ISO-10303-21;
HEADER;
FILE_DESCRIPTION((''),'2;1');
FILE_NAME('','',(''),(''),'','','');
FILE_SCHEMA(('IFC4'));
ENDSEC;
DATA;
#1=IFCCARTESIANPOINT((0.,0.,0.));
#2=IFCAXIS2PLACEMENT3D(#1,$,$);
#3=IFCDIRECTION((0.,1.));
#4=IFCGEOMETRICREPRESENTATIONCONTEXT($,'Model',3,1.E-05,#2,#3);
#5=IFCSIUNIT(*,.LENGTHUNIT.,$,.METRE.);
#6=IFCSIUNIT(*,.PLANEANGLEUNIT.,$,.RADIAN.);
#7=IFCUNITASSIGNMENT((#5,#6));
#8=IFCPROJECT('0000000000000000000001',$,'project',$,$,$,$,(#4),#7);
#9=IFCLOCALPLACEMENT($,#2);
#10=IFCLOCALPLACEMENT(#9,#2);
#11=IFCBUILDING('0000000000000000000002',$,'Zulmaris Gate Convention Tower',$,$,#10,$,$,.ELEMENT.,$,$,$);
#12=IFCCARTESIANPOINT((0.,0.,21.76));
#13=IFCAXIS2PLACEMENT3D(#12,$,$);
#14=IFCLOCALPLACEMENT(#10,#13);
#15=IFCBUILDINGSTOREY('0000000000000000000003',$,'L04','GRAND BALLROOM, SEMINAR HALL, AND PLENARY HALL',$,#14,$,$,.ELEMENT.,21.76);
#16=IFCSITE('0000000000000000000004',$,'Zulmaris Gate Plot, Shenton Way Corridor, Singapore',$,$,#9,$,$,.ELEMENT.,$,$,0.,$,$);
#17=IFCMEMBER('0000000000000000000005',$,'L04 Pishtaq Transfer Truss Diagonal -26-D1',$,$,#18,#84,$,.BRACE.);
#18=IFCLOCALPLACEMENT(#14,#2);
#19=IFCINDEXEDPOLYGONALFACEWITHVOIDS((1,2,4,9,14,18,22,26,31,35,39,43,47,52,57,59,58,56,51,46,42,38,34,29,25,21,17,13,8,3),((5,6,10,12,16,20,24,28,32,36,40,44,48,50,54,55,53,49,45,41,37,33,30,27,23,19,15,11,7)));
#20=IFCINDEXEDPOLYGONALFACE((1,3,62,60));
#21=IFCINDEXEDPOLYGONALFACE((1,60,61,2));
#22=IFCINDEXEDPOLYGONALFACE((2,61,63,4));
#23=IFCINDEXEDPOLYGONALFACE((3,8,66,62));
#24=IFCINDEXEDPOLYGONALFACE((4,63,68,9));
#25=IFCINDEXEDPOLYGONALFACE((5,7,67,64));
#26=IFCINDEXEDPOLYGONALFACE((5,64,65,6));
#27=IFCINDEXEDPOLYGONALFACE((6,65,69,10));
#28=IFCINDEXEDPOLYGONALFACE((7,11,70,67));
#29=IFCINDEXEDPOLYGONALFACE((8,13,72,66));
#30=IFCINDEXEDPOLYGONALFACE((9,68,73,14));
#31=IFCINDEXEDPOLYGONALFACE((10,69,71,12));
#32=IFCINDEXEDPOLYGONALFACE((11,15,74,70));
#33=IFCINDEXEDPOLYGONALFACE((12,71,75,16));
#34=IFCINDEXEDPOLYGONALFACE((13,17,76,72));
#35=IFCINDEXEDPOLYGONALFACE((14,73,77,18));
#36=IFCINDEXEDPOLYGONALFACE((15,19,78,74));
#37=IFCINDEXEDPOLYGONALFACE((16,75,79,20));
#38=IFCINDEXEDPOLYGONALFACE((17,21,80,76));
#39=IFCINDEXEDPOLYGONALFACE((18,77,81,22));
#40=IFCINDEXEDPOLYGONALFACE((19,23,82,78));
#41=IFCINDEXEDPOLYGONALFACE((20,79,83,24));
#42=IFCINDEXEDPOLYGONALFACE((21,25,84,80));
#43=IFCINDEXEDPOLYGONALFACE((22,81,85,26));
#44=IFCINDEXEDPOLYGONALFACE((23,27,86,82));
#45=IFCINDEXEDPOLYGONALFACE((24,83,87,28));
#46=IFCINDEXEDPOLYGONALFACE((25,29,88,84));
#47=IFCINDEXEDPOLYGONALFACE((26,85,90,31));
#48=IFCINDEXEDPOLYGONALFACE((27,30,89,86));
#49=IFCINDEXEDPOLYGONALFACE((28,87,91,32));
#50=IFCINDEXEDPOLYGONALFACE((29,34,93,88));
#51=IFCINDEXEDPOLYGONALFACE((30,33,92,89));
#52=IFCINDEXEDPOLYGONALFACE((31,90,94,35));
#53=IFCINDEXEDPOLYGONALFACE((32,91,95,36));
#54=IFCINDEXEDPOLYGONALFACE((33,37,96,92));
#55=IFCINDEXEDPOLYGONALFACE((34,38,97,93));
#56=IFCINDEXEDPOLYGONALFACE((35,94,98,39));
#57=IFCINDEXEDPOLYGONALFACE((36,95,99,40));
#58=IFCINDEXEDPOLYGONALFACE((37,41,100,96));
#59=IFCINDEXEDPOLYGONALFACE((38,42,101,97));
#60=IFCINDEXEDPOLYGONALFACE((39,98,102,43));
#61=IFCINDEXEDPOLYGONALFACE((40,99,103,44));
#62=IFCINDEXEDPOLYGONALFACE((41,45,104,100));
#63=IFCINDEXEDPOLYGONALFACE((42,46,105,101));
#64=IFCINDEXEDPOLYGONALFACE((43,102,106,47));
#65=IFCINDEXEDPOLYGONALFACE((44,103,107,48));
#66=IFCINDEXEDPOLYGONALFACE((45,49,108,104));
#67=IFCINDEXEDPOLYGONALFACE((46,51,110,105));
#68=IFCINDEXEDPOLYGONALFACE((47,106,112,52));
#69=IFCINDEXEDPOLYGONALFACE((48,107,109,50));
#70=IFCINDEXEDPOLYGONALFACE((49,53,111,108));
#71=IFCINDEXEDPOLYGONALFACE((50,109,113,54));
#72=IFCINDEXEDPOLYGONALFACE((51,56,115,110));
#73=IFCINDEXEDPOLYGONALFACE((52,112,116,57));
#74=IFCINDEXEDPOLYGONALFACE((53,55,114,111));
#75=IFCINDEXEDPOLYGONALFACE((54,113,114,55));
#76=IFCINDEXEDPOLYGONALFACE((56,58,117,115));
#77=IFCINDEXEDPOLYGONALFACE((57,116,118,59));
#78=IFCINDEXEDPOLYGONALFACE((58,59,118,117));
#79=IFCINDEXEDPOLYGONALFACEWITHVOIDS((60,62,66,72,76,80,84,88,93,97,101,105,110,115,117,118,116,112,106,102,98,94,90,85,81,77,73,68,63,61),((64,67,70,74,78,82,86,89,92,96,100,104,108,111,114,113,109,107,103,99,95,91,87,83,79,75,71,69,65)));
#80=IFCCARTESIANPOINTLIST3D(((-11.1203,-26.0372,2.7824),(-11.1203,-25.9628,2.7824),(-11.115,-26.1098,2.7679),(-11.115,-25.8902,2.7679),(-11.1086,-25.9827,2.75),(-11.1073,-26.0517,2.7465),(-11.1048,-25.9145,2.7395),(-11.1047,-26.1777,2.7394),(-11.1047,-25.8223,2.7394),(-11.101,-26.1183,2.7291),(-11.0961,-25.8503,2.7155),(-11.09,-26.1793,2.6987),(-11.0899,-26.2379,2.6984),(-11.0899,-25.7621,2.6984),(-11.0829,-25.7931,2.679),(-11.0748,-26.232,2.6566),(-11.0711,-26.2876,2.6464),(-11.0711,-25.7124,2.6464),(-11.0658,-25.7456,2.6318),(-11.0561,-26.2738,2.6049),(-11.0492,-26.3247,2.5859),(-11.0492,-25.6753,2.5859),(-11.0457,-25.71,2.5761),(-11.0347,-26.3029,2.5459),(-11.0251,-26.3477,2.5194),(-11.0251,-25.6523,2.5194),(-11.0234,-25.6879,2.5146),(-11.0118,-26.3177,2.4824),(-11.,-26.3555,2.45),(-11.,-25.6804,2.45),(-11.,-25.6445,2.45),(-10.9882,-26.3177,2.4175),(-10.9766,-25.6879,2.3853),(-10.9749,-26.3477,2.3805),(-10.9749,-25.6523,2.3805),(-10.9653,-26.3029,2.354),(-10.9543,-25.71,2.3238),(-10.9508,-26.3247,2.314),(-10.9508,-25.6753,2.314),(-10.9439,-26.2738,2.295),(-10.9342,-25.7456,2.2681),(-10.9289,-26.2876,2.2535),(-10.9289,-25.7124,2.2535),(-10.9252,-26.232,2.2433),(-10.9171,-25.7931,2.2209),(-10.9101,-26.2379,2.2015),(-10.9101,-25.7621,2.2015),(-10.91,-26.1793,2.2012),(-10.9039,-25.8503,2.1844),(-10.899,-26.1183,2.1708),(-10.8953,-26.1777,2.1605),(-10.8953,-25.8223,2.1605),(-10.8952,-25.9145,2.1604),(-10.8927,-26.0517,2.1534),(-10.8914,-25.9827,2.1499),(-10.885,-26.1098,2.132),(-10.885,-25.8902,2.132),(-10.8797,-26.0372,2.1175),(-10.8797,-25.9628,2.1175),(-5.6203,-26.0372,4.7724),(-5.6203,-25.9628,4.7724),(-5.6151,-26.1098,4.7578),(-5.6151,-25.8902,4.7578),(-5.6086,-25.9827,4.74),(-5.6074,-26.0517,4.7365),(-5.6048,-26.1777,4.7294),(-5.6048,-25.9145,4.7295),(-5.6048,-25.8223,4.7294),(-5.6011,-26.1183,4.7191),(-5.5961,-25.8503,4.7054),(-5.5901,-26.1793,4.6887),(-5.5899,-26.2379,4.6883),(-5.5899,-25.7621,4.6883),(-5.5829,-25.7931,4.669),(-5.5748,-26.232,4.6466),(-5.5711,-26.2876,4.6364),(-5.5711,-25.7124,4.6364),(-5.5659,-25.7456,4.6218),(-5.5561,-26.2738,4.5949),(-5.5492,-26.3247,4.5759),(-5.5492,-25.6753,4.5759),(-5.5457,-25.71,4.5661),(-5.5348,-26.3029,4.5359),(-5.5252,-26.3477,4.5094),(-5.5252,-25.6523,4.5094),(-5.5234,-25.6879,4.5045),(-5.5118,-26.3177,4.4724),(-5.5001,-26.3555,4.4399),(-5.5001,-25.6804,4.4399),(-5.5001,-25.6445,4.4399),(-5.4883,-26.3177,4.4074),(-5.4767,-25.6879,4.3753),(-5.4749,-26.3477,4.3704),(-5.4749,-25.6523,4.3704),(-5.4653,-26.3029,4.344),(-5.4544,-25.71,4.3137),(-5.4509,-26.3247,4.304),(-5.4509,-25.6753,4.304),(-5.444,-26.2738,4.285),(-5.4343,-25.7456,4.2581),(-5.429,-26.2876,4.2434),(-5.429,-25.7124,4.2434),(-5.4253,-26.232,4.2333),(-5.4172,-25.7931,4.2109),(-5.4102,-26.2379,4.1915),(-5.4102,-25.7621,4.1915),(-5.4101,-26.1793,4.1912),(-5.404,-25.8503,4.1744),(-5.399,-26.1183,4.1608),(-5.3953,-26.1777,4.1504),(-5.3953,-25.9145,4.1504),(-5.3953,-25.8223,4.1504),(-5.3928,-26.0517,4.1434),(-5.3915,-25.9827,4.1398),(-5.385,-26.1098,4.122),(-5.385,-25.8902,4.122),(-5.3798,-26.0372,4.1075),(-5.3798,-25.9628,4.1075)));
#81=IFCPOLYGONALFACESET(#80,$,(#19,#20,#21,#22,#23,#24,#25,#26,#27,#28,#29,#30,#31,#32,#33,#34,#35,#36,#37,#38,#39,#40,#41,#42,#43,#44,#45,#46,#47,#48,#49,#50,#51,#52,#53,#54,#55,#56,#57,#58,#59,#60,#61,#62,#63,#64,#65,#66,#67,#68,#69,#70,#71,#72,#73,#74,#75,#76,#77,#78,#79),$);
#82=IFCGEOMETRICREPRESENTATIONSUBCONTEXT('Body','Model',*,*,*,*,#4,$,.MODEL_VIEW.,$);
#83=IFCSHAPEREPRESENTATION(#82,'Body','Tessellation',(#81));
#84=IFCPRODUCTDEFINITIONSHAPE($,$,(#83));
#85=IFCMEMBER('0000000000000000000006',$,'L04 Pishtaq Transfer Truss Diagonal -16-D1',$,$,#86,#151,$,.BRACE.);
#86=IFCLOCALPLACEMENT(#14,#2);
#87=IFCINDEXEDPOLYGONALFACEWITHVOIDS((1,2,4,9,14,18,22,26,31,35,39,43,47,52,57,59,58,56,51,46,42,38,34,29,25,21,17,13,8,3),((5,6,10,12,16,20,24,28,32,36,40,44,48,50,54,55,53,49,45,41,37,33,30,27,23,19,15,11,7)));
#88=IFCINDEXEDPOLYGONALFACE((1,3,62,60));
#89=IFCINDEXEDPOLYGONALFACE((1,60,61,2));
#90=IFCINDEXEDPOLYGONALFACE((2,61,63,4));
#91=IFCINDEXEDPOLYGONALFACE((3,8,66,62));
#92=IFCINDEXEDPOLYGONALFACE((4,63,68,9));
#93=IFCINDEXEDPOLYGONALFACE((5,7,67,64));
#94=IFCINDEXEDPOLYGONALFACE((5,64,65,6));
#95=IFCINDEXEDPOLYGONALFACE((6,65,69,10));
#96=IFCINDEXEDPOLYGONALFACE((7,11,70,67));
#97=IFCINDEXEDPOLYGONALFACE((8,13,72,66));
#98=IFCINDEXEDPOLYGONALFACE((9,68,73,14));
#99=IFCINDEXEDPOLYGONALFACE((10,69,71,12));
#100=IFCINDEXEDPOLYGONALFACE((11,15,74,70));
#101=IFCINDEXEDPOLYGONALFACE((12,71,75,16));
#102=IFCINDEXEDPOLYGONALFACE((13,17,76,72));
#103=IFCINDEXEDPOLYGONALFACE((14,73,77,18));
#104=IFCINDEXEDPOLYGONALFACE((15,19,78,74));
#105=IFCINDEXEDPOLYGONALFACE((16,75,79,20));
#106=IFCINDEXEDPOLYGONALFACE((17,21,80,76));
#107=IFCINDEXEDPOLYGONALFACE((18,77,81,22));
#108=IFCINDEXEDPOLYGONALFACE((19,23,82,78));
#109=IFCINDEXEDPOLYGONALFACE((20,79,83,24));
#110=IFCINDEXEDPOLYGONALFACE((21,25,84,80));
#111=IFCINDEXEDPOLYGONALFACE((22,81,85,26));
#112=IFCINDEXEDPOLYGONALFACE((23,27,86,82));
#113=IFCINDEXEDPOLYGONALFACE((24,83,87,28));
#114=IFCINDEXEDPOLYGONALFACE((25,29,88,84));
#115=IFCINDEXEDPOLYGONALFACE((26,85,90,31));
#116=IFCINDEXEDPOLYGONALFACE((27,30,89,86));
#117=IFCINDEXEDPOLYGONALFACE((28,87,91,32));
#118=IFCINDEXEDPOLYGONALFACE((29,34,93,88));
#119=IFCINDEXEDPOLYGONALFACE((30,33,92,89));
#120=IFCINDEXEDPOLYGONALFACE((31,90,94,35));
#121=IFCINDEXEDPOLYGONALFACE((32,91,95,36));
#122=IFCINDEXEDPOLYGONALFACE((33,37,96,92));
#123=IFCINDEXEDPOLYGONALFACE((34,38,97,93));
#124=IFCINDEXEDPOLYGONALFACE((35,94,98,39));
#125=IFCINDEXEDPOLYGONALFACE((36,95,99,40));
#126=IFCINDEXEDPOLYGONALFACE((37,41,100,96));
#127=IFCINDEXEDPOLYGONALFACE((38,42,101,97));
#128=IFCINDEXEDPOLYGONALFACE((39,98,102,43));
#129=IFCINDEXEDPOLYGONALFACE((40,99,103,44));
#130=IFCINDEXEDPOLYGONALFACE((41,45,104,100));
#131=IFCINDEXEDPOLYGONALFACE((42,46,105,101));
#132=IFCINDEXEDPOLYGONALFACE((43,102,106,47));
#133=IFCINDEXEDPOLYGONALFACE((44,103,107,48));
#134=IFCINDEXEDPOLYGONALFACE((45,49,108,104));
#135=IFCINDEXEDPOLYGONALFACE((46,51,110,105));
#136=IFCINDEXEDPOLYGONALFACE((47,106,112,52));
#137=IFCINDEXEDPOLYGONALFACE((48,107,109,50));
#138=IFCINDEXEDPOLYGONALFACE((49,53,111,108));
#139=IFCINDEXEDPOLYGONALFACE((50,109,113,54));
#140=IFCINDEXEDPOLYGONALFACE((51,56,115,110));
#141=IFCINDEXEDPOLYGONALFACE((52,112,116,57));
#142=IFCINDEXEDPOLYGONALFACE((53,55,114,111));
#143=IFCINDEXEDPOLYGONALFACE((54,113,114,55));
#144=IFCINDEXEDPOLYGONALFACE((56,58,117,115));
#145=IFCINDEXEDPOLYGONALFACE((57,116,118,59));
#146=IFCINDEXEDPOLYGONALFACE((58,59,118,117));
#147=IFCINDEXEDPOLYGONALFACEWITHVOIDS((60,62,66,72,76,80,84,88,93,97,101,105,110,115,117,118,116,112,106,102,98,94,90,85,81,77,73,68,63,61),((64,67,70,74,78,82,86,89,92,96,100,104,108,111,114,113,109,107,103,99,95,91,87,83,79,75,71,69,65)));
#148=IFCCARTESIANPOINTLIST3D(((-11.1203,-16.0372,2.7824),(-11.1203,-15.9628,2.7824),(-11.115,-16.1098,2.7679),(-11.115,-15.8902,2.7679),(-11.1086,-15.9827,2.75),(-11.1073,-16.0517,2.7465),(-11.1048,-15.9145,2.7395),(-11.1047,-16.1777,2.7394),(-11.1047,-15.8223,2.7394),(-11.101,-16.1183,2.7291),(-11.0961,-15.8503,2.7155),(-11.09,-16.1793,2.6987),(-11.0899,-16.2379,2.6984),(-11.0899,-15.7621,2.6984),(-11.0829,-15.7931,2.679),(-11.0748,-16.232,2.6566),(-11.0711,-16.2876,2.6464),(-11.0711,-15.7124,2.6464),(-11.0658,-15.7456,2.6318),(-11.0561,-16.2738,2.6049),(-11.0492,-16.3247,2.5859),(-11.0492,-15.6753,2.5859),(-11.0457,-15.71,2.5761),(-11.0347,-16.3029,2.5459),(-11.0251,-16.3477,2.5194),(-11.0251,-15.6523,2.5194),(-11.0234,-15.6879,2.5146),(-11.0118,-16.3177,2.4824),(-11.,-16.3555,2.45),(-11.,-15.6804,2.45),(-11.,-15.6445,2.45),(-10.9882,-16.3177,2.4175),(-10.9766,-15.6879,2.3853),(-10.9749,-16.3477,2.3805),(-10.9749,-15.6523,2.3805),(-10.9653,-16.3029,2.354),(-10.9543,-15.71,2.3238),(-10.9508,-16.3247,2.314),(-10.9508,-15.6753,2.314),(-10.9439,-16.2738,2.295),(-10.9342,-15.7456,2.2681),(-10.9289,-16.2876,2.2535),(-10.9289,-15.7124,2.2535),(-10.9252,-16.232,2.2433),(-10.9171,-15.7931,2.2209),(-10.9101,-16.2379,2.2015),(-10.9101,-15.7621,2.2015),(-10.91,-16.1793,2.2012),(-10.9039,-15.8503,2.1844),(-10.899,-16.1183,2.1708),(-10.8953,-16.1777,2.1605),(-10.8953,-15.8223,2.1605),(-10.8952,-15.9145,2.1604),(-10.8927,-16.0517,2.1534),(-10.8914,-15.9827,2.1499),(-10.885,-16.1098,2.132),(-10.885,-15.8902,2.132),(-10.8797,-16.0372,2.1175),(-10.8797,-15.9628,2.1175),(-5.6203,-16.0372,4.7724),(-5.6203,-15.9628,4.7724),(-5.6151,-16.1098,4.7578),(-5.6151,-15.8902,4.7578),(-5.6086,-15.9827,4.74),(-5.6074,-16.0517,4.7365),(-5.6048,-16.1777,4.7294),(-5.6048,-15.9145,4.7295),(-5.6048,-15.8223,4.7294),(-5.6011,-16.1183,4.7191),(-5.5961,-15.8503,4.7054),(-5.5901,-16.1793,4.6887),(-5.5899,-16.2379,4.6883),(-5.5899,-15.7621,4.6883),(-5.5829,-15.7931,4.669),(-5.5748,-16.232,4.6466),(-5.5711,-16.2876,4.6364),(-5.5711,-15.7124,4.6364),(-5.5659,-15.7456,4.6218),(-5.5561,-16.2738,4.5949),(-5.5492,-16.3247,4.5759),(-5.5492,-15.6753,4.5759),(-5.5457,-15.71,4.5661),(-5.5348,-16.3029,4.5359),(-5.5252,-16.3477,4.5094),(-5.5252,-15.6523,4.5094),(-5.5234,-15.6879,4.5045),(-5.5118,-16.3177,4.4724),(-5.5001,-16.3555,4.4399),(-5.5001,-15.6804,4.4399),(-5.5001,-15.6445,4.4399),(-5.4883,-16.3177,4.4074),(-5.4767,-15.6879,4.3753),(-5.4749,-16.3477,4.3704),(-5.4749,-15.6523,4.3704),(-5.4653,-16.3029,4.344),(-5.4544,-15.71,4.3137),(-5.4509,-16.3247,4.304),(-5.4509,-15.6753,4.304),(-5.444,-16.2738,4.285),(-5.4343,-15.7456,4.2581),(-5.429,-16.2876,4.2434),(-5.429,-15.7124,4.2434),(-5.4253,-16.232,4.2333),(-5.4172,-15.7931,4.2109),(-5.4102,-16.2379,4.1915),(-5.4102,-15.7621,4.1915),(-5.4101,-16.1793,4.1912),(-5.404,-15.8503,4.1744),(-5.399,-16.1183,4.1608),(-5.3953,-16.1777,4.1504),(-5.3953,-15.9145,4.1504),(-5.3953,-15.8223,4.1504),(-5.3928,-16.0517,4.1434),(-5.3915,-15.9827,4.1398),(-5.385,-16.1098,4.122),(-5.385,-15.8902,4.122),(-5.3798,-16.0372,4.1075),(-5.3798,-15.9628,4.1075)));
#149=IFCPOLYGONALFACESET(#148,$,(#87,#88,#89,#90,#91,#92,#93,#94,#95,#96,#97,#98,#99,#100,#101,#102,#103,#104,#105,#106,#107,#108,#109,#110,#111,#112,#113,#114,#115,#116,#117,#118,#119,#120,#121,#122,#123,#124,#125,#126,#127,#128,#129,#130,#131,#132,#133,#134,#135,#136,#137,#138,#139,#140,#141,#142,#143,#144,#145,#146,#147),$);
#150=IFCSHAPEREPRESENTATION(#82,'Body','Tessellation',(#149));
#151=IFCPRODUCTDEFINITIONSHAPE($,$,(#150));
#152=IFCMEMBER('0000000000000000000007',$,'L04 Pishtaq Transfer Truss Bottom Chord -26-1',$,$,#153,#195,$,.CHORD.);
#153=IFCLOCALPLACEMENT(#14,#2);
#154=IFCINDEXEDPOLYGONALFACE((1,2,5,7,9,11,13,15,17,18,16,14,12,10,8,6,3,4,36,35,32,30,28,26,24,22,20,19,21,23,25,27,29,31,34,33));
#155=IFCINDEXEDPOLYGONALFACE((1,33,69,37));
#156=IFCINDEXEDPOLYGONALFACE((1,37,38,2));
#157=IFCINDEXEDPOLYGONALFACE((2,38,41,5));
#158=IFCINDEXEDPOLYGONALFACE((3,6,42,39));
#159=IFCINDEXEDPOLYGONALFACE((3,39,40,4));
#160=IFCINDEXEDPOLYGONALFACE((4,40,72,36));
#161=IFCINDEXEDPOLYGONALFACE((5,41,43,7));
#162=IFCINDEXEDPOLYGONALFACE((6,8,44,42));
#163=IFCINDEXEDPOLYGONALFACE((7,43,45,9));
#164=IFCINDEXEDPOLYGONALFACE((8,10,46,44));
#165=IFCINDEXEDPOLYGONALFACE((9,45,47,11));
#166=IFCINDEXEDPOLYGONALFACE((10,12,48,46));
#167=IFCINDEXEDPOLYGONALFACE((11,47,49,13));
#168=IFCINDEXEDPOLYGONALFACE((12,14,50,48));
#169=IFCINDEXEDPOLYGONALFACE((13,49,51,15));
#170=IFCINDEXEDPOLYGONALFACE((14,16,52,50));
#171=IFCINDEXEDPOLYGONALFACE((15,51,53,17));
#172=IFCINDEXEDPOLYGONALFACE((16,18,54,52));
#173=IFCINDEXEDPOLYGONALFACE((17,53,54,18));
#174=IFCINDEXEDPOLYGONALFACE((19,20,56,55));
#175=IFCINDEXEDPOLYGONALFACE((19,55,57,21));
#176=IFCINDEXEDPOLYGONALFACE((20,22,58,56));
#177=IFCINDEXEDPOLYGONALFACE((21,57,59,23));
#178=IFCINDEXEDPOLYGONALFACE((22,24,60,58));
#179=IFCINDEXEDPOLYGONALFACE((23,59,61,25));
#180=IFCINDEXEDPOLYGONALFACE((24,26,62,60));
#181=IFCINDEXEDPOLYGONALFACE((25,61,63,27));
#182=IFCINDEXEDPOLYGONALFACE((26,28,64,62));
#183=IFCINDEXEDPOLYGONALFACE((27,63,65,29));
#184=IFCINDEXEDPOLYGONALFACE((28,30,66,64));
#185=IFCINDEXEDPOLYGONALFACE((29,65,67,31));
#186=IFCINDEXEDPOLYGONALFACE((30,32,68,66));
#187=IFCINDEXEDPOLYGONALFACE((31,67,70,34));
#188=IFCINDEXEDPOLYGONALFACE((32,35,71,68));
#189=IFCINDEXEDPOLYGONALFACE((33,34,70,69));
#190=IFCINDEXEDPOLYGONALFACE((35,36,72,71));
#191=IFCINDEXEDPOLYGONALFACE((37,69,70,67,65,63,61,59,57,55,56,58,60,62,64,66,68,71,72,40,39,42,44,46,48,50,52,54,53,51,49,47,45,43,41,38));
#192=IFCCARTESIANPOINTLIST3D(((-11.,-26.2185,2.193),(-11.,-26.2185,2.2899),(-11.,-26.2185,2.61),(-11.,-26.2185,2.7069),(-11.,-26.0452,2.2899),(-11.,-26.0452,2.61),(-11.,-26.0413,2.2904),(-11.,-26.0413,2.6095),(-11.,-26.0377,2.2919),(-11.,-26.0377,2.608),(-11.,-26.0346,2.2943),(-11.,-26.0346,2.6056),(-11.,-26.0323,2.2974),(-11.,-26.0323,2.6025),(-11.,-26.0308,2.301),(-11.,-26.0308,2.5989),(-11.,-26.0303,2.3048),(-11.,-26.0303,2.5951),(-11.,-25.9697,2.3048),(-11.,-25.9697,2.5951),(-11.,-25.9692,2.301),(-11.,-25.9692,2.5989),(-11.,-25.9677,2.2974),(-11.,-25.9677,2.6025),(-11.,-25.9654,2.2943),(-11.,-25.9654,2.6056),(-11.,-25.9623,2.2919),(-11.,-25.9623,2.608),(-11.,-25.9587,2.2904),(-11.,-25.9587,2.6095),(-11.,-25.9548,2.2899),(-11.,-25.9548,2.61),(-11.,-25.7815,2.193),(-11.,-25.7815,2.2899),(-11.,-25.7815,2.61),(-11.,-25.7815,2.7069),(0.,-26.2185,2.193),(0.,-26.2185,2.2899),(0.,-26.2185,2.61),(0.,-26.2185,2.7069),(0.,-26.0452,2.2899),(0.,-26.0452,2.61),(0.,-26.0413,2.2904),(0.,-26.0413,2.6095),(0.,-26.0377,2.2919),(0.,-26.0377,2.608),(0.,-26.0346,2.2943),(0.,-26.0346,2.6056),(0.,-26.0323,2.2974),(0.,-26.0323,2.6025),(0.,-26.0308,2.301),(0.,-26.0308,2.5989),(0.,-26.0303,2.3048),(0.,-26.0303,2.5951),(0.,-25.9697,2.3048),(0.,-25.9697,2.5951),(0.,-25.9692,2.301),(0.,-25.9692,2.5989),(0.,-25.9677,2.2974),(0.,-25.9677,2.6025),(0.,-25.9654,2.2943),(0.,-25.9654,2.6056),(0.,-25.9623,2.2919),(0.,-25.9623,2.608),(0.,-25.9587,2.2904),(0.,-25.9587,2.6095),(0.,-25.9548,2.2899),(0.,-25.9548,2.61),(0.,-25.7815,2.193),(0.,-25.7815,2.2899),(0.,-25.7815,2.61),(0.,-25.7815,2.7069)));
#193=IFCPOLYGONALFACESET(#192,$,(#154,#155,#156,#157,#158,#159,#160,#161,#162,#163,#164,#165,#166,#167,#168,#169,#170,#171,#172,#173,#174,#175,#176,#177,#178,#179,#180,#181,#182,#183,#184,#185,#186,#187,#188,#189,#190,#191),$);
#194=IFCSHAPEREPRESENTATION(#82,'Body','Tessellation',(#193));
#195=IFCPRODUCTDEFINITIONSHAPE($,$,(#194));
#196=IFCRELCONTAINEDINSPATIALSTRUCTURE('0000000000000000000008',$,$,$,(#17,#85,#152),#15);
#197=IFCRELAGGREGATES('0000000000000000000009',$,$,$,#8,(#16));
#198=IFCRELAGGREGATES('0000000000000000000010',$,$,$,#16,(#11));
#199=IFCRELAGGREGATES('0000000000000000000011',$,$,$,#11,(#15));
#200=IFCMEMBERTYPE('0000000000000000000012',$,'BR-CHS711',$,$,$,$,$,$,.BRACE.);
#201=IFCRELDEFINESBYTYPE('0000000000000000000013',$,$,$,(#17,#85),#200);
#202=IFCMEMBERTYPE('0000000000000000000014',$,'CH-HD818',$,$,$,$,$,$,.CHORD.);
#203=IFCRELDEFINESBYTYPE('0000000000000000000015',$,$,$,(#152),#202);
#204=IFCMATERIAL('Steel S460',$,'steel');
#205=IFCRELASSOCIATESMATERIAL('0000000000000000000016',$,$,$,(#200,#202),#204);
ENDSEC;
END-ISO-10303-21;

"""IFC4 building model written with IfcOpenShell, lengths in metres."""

from ifc_helpers import new_model, si_unit, direction, frame, origin, origin_2d, place, context, subcontext, project, spatial, hollow_circle, i_section, extrude, material, material_profile, profile_set, type_object, element, save


model = new_model("IFC4")

# Units and contexts
model_context = context("Model", 3, precision=1e-05, world=origin(), true_north=direction((0.0, 1.0)))
body_context = subcontext(model_context, "Body", "Model", "MODEL_VIEW")
ifc_project = project(units=[si_unit("LENGTHUNIT", "METRE"), si_unit("PLANEANGLEUNIT", "RADIAN")], contexts=[model_context])

# Site, building, storey
site_placement = place(None, origin())
site = spatial("IfcSite", under=ifc_project, at=site_placement, Name="Zulmaris Gate Plot, Shenton Way Corridor, Singapore", CompositionType="ELEMENT", RefElevation=0.0)
building_placement = place(site_placement, origin())
building = spatial("IfcBuilding", under=site, at=building_placement, Name="Zulmaris Gate Convention Tower", CompositionType="ELEMENT")
storey_placement = place(building_placement, frame((0.0, 0.0, 21.76)))
storey = spatial("IfcBuildingStorey", under=building, at=storey_placement, Name="L04", Description="GRAND BALLROOM, SEMINAR HALL, AND PLENARY HALL", CompositionType="ELEMENT", Elevation=21.76)

# Members
ifc_material_1 = material(Name="Steel S460", Category="steel")
ifc_material_profile_1 = material_profile(ifc_material_1, hollow_circle(Radius=0.3555, WallThickness=0.0359, at=origin_2d()), Name="CHS 711x36")
ifc_profile_set_1 = profile_set([ifc_material_profile_1], Name="Steel S460")
member_type_1 = type_object("IfcMemberType", Name="BR-CHS711", PredefinedType="BRACE", material=ifc_profile_set_1)
for number, where, z_axis, x_axis, name in (
    (1, (-11.0, -26.0, 2.45), (0.940342, 0.0, 0.340231), (0.0, 1.0, 0.0), "L04 Pishtaq Transfer Truss Diagonal -26-D1"),
    (2, (-11.0, -16.0, 2.45), (0.940342, 0.0, 0.340231), (0.0, 1.0, 0.0), "L04 Pishtaq Transfer Truss Diagonal -16-D1"),
):
    element("IfcMember", number, at=place(storey_placement, frame(where, z_axis=z_axis, x_axis=x_axis)), inside=storey, type_object=member_type_1, Name=name, PredefinedType="BRACE", context=body_context, shape_type="SweptSolid", body=[
        extrude(hollow_circle(Radius=0.3555, WallThickness=0.0359, at=origin_2d()), origin(), (0.0, 0.0, 1.0), 5.8489),
    ])
ifc_material_profile_2 = material_profile(ifc_material_1, i_section(OverallWidth=0.437, OverallDepth=0.5139, WebThickness=0.0605, FlangeThickness=0.0969, FilletRadius=0.0149, at=origin_2d()), Name="HD 400x818")
ifc_profile_set_2 = profile_set([ifc_material_profile_2], Name="Steel S460")
member_type_2 = type_object("IfcMemberType", Name="CH-HD818", PredefinedType="CHORD", material=ifc_profile_set_2)
for number, where, z_axis, x_axis, name in (
    (3, (-11.0, -26.0, 2.45), (1.0, 0.0, 0.0), (0.0, 1.0, 0.0), "L04 Pishtaq Transfer Truss Bottom Chord -26-1"),
):
    element("IfcMember", number, at=place(storey_placement, frame(where, z_axis=z_axis, x_axis=x_axis)), inside=storey, type_object=member_type_2, Name=name, PredefinedType="CHORD", context=body_context, shape_type="SweptSolid", body=[
        extrude(i_section(OverallWidth=0.437, OverallDepth=0.5139, WebThickness=0.0605, FlangeThickness=0.0969, FilletRadius=0.0149, at=origin_2d()), origin(), (0.0, 0.0, 1.0), 11.0),
    ])

save(model, "model.ifc")
